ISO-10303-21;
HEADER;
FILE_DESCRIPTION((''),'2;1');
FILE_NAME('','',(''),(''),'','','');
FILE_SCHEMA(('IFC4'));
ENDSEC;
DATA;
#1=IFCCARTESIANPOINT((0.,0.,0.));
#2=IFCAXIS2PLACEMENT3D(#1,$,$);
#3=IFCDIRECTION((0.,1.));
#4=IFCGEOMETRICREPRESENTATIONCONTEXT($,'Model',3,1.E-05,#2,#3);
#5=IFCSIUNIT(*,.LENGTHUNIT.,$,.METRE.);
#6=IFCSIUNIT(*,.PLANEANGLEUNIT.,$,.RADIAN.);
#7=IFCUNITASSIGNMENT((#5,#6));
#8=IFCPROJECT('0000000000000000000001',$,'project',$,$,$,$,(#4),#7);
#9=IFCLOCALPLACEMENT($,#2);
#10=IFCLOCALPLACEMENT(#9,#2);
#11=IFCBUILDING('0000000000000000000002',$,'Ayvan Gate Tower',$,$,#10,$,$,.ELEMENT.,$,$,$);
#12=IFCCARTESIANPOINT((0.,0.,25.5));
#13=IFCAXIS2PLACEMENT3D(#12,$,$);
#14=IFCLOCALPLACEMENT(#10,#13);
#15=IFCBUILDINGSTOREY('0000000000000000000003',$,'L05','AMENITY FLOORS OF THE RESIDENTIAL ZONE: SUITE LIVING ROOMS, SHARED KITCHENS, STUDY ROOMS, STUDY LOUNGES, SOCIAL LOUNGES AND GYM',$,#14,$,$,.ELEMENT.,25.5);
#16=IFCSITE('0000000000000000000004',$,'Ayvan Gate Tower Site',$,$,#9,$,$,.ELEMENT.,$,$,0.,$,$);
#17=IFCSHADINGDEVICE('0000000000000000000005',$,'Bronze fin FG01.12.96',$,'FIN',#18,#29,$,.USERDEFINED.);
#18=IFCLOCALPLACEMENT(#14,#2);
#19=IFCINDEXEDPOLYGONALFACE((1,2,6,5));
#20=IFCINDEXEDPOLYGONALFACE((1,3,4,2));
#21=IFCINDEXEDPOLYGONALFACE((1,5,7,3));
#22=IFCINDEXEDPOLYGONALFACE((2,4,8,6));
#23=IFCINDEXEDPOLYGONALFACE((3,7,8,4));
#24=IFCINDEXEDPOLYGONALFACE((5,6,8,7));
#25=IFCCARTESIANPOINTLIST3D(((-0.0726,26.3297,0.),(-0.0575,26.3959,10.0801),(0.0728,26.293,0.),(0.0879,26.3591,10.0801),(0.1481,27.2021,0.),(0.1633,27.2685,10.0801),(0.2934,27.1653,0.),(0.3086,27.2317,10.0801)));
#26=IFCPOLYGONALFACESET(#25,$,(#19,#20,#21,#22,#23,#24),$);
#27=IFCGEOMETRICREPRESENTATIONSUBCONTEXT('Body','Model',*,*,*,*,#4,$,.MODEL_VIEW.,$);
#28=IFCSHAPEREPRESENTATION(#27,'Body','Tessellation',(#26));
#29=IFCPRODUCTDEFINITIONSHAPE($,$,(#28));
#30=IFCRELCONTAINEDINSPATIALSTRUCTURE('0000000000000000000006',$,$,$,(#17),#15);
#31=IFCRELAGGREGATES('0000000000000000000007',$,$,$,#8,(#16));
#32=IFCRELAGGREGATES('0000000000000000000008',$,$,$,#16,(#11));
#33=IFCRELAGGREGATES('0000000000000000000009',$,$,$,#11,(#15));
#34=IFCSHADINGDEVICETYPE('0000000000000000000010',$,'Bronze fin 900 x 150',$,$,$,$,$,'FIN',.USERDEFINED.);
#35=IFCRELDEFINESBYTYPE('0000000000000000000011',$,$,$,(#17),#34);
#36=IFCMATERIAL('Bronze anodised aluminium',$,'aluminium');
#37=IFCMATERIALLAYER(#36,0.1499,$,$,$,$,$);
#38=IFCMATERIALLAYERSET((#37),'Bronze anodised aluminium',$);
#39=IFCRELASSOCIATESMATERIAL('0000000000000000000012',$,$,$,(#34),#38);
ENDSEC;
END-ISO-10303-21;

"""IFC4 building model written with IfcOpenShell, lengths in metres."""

from ifc_helpers import new_model, si_unit, direction, frame, origin, place, context, subcontext, project, spatial, polyline, outline, extrude, material, layer, layer_set, type_object, element, save


model = new_model("IFC4")

# Units and contexts
model_context = context("Model", 3, precision=1e-05, world=origin(), true_north=direction((0.0, 1.0)))
body_context = subcontext(model_context, "Body", "Model", "MODEL_VIEW")
ifc_project = project(units=[si_unit("LENGTHUNIT", "METRE"), si_unit("PLANEANGLEUNIT", "RADIAN")], contexts=[model_context])

# Site, building, storey
site_placement = place(None, origin())
site = spatial("IfcSite", under=ifc_project, at=site_placement, Name="Ayvan Gate Tower Site", CompositionType="ELEMENT", RefElevation=0.0)
building_placement = place(site_placement, origin())
building = spatial("IfcBuilding", under=site, at=building_placement, Name="Ayvan Gate Tower", CompositionType="ELEMENT")
storey_placement = place(building_placement, frame((0.0, 0.0, 25.5)))
storey = spatial("IfcBuildingStorey", under=building, at=storey_placement, Name="L05", Description="AMENITY FLOORS OF THE RESIDENTIAL ZONE: SUITE LIVING ROOMS, SHARED KITCHENS, STUDY ROOMS, STUDY LOUNGES, SOCIAL LOUNGES AND GYM", CompositionType="ELEMENT", Elevation=25.5)

# Shared definitions
ifc_material_1 = material(Name="Bronze anodised aluminium", Category="aluminium")

# Shading device
ifc_layer_1 = layer(ifc_material_1, 0.1499)
ifc_layer_set_1 = layer_set([ifc_layer_1], Name="Bronze anodised aluminium")
shading_device_type = type_object("IfcShadingDeviceType", Name="Bronze fin 900 x 150", ElementType="FIN", PredefinedType="USERDEFINED", material=ifc_layer_set_1)
shading_device_1_placement = place(storey_placement, frame((0.0728, 26.293, 0.0), z_axis=(0.96946, -0.245248, 0.000157), x_axis=(0.245248, 0.96946, 0.0)))
element("IfcShadingDevice", 1, at=shading_device_1_placement, inside=storey, type_object=shading_device_type, Name="Bronze fin FG01.12.96", ObjectType="FIN", PredefinedType="USERDEFINED", context=body_context, shape_type="SweptSolid", body=[
    extrude(outline(polyline([(0.0, 0.0), (0.8998, 0.0), (0.9679, 10.0801), (0.0679, 10.0801), (0.0, 0.0)])), origin(), (0.0, 0.0, -1.0), 0.1499),
])

save(model, "model.ifc")
